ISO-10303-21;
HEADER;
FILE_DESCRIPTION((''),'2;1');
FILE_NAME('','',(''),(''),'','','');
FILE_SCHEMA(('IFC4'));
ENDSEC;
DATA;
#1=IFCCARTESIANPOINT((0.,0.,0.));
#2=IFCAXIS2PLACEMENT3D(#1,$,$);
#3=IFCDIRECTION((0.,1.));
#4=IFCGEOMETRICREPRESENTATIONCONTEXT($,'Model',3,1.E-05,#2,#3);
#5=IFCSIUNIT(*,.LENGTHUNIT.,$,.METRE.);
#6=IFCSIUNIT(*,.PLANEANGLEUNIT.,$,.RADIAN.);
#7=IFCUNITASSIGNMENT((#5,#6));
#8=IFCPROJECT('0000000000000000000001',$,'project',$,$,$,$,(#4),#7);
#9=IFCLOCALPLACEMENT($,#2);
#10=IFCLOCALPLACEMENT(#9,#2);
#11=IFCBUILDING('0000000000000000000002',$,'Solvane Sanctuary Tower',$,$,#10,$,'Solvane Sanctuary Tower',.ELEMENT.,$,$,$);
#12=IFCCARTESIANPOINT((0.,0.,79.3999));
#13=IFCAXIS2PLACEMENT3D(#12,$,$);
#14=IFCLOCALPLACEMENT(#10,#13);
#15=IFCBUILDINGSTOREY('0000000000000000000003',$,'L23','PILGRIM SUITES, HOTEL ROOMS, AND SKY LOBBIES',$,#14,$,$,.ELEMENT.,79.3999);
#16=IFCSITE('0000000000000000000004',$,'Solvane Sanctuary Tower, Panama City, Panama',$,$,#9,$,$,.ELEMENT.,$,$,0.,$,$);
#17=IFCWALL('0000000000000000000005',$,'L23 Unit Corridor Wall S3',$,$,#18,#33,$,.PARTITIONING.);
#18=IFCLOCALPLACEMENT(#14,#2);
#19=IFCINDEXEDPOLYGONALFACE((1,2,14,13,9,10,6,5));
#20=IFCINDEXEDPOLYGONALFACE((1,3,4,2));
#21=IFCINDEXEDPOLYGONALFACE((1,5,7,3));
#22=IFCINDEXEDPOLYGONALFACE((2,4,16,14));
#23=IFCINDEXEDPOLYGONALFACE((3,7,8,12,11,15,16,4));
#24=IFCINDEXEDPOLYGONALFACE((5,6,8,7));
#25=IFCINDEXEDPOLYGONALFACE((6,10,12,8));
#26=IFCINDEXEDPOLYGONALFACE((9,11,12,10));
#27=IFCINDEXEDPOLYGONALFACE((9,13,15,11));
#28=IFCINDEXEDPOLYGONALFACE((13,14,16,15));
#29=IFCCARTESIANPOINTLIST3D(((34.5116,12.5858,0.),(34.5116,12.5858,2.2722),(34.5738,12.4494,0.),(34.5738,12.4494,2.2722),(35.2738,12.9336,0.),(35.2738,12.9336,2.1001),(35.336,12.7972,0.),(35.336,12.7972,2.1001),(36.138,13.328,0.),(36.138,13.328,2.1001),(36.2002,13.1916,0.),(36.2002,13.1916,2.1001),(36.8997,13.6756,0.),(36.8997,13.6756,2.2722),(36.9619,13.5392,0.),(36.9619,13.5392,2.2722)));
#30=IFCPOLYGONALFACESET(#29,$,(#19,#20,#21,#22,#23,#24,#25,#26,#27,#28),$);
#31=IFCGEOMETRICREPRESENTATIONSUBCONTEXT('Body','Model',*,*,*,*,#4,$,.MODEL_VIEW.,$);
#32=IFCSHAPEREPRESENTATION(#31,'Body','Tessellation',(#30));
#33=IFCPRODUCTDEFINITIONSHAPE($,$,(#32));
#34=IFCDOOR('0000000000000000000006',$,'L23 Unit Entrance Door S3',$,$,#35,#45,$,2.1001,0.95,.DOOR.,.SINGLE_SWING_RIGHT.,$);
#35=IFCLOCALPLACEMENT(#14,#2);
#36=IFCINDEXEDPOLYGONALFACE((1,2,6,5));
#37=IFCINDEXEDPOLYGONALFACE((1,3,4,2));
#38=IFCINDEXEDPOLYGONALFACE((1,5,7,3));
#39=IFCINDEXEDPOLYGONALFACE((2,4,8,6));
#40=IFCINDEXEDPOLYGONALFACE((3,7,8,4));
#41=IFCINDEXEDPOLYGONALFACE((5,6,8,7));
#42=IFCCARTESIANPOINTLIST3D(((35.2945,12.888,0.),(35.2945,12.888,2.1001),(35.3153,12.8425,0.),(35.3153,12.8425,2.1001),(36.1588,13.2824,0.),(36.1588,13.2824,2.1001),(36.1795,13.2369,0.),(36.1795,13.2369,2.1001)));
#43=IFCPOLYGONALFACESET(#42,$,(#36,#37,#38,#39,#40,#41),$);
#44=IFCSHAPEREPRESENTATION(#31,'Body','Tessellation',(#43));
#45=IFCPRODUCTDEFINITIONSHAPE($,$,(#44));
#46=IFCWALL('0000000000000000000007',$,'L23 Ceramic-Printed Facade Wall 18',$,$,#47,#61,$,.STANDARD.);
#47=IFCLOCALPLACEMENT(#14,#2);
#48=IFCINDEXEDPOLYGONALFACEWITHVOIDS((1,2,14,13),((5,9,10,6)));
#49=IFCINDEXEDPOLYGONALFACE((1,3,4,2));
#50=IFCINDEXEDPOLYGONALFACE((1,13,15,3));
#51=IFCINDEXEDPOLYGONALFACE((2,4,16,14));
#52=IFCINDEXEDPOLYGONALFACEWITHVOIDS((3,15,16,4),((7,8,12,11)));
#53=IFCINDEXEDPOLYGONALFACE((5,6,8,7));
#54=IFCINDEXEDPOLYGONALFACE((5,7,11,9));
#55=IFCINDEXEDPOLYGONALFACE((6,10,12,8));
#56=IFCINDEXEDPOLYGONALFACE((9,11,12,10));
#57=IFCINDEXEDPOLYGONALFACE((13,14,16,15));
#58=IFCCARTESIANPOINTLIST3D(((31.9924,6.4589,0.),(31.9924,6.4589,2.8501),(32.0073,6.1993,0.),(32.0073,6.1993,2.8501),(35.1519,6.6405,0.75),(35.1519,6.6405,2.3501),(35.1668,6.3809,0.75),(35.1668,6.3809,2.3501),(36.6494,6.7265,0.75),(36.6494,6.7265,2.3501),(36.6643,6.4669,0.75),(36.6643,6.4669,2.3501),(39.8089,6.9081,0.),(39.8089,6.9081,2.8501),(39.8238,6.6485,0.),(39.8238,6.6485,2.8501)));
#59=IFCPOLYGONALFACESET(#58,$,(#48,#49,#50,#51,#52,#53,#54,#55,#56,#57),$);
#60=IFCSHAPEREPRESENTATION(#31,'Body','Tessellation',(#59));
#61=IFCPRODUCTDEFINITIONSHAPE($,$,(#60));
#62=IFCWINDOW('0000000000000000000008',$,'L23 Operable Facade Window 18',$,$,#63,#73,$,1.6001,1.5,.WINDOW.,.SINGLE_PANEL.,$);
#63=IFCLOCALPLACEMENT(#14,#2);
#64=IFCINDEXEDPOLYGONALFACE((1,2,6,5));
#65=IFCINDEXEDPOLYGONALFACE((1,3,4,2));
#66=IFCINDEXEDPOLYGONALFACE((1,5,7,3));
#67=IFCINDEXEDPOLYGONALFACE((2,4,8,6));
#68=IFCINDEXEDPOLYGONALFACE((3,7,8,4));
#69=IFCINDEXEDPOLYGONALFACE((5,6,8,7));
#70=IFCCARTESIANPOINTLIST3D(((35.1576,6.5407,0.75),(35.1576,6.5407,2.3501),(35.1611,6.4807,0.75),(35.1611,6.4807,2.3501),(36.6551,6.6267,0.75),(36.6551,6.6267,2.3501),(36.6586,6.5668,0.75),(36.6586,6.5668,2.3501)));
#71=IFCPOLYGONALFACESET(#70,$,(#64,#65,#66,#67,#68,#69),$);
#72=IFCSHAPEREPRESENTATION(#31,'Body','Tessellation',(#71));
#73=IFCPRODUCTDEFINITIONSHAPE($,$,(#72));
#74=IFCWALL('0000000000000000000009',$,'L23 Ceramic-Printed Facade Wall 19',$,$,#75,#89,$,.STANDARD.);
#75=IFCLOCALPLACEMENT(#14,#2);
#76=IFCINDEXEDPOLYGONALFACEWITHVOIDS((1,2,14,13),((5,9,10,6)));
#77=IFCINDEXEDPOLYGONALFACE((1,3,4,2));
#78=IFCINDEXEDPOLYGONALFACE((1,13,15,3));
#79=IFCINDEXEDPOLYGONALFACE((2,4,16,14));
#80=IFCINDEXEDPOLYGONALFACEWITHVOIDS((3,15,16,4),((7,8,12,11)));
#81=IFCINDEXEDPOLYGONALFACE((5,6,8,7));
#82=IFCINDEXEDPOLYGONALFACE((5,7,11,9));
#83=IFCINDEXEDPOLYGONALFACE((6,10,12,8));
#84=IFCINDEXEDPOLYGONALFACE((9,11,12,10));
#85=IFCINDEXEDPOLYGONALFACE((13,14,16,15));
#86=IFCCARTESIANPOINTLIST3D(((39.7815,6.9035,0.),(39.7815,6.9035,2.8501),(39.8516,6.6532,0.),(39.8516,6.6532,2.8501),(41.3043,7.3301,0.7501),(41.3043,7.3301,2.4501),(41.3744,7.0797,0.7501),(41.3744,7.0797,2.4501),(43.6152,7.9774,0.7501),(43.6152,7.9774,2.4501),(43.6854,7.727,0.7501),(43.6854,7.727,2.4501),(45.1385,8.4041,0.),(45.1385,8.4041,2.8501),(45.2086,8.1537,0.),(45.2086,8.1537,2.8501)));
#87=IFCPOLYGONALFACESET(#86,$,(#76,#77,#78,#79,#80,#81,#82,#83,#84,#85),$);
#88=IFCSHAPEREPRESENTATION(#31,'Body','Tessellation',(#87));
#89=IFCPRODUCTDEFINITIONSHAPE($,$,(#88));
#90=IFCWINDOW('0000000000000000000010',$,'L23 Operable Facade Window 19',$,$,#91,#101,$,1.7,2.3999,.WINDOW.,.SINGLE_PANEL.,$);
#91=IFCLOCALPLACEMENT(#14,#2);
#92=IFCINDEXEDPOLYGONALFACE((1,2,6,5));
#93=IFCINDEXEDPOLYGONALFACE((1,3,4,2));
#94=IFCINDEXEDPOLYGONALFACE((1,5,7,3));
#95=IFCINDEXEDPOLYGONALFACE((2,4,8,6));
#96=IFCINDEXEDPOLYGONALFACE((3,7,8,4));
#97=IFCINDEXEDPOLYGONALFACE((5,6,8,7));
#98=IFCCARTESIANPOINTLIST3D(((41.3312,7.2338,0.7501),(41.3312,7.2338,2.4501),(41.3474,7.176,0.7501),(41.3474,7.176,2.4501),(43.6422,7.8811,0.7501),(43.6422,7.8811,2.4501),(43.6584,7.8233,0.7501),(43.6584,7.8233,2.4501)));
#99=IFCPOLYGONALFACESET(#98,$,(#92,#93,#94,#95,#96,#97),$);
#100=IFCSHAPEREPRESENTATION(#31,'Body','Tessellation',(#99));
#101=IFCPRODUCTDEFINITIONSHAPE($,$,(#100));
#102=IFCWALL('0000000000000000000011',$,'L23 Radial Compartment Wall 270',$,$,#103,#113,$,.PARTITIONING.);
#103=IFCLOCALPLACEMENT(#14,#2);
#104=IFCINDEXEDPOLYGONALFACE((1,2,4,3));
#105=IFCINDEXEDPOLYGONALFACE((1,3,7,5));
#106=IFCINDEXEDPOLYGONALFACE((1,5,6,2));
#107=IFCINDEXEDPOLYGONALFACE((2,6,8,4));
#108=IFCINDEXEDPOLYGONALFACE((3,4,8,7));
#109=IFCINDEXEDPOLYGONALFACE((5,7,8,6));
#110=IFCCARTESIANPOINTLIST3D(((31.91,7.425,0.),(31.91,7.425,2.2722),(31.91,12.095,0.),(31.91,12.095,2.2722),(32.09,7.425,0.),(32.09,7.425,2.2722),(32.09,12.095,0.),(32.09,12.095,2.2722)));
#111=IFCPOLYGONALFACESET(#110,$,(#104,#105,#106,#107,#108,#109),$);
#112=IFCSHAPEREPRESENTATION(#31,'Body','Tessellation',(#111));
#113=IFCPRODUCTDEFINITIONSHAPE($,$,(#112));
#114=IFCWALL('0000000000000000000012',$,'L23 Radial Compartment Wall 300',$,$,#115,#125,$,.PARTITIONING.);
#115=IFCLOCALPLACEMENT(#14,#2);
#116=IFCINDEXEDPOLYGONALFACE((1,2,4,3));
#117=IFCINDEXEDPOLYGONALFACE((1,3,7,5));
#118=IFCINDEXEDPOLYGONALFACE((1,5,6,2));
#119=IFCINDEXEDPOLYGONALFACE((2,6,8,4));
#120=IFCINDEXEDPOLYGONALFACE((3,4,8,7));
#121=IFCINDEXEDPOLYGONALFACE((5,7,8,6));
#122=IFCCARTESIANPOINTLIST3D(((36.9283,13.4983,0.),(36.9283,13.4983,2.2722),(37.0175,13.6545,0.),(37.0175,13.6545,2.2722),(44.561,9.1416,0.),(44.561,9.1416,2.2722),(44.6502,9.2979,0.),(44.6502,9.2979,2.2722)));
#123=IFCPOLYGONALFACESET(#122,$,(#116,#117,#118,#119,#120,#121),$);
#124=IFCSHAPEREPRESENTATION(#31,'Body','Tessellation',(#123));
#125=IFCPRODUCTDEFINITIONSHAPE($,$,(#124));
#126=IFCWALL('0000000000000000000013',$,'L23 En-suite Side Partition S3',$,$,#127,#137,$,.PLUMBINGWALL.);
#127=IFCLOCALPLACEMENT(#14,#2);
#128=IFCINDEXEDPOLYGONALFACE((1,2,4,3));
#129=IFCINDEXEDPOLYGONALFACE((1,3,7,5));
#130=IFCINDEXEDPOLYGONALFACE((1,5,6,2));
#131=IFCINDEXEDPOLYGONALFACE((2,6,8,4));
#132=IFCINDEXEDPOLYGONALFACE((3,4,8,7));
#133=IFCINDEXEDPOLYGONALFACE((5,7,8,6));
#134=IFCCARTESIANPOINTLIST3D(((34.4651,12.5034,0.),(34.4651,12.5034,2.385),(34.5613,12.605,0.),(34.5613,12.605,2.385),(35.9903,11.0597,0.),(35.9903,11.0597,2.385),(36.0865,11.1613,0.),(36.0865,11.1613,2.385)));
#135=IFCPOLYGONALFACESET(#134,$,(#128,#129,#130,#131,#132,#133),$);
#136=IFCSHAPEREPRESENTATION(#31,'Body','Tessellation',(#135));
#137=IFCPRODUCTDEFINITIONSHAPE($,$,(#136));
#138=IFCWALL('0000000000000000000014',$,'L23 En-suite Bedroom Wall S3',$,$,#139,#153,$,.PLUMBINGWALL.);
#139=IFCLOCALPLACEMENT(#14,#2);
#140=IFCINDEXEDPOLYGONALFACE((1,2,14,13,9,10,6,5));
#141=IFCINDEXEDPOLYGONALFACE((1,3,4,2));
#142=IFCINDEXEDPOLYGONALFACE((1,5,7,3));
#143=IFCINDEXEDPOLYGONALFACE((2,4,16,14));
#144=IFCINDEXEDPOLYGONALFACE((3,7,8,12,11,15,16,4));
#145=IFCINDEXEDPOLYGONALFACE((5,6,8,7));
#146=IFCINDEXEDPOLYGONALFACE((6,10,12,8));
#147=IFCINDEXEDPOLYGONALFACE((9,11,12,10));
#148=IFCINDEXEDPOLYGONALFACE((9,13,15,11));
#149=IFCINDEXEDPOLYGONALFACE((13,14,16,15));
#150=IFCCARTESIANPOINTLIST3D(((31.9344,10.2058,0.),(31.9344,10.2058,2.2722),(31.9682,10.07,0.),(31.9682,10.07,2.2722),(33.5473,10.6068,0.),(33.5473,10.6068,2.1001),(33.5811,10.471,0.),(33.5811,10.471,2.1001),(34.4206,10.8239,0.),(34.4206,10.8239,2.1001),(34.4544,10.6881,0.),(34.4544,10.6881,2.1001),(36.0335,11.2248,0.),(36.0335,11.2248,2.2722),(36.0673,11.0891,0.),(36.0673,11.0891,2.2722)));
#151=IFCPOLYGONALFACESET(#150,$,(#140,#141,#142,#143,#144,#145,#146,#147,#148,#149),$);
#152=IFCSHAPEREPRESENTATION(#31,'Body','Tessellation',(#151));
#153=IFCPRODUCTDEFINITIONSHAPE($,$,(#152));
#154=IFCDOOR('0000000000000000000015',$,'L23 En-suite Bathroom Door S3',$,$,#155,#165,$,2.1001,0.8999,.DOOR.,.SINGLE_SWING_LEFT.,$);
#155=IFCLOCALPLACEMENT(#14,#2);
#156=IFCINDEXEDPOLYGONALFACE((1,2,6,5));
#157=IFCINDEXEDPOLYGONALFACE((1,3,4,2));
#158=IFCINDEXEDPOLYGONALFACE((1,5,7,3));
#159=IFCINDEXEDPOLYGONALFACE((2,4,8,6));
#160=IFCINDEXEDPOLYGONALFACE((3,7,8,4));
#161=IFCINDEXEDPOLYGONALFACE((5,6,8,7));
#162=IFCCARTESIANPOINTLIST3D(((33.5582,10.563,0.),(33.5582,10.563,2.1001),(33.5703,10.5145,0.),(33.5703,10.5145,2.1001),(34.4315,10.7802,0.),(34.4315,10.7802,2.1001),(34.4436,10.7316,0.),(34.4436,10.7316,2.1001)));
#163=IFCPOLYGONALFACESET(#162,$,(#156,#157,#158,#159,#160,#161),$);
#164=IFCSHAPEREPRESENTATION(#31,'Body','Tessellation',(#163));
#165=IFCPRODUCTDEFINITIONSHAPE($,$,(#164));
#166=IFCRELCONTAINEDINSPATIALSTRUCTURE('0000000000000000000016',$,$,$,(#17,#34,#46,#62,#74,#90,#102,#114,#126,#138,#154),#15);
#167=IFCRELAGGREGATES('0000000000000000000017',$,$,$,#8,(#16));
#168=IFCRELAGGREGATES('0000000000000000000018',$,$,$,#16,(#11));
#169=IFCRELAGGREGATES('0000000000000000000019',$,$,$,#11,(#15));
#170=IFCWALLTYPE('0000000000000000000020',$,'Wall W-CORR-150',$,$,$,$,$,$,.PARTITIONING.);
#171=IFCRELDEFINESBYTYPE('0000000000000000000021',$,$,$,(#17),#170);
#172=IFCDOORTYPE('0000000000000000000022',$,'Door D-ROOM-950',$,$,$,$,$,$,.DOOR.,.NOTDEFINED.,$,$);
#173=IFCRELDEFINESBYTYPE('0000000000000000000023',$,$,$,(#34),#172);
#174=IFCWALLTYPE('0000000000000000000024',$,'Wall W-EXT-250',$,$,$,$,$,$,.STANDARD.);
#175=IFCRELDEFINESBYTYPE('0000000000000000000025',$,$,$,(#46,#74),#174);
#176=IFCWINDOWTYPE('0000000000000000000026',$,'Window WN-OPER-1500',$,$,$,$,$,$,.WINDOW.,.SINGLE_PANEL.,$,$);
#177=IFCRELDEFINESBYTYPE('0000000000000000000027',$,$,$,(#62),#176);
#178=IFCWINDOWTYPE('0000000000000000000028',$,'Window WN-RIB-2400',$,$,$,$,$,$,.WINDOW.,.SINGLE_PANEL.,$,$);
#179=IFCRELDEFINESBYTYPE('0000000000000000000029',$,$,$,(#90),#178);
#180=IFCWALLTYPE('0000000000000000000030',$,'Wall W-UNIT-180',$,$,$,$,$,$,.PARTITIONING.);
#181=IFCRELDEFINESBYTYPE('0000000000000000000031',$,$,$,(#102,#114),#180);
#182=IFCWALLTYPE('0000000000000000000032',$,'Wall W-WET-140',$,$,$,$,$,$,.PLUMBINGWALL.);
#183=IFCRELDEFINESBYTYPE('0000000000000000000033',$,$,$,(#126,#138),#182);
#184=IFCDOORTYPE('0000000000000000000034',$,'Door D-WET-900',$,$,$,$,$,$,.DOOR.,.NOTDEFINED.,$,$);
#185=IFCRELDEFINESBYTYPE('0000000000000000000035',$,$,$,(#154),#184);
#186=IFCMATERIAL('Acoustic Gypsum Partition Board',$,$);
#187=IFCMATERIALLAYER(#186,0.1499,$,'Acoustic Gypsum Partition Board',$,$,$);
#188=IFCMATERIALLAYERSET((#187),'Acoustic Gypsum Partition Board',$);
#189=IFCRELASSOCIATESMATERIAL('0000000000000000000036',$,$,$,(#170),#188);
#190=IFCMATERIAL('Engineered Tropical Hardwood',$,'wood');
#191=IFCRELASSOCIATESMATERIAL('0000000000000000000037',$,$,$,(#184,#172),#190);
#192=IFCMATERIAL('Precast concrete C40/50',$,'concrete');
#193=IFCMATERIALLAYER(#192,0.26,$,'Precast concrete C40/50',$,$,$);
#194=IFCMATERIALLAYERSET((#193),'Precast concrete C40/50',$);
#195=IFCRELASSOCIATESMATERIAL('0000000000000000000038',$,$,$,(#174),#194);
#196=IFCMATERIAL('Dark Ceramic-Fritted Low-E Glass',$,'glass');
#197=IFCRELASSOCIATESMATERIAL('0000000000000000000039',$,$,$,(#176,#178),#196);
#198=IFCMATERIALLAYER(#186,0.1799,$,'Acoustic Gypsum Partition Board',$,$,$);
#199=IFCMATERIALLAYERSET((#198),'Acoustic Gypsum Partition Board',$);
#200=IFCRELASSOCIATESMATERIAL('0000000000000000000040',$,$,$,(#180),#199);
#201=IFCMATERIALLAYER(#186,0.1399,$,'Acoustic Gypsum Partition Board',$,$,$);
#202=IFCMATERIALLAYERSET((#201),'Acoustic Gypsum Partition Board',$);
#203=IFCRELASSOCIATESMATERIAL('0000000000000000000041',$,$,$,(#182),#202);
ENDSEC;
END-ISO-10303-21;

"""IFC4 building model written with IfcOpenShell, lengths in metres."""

from ifc_helpers import new_model, si_unit, direction, frame, frame_2d, origin, place, context, subcontext, project, spatial, rectangle, extrude, material, layer, layer_set, type_object, element, fill, save


model = new_model("IFC4")

# Units and contexts
model_context = context("Model", 3, precision=1e-05, world=origin(), true_north=direction((0.0, 1.0)))
body_context = subcontext(model_context, "Body", "Model", "MODEL_VIEW")
ifc_project = project(units=[si_unit("LENGTHUNIT", "METRE"), si_unit("PLANEANGLEUNIT", "RADIAN")], contexts=[model_context])

# Site, building, storey
site_placement = place(None, origin())
site = spatial("IfcSite", under=ifc_project, at=site_placement, Name="Solvane Sanctuary Tower, Panama City, Panama", CompositionType="ELEMENT", RefElevation=0.0)
building_placement = place(site_placement, origin())
building = spatial("IfcBuilding", under=site, at=building_placement, Name="Solvane Sanctuary Tower", LongName="Solvane Sanctuary Tower", CompositionType="ELEMENT")
storey_placement = place(building_placement, frame((0.0, 0.0, 79.3999)))
storey = spatial("IfcBuildingStorey", under=building, at=storey_placement, Name="L23", Description="PILGRIM SUITES, HOTEL ROOMS, AND SKY LOBBIES", CompositionType="ELEMENT", Elevation=79.3999)

# Shared definitions
ifc_material_1 = material(Name="Acoustic Gypsum Partition Board")
ifc_layer_1 = layer(ifc_material_1, 0.1499, Name="Acoustic Gypsum Partition Board")
ifc_layer_set_1 = layer_set([ifc_layer_1], Name="Acoustic Gypsum Partition Board")
wall_type_1 = type_object("IfcWallType", Name="Wall W-CORR-150", PredefinedType="PARTITIONING", material=ifc_layer_set_1)

# Shared definitions
ifc_material_2 = material(Name="Engineered Tropical Hardwood", Category="wood")
door_type_1 = type_object("IfcDoorType", Name="Door D-WET-900", OperationType="NOTDEFINED", PredefinedType="DOOR", material=ifc_material_2)

# Wall, opening, door
wall_1_placement = place(storey_placement, frame((34.5427, 12.5176, 0.0), z_axis=(0.0, 0.0, 1.0), x_axis=(0.909748, 0.415162, 0.0)))
wall_1 = element("IfcWall", 1, at=wall_1_placement, inside=storey, type_object=wall_type_1, Name="L23 Unit Corridor Wall S3", PredefinedType="PARTITIONING", context=body_context, shape_type="SweptSolid", body=[
    extrude(rectangle(XDim=2.625, YDim=0.1499, at=frame_2d((1.3125, 0.0))), origin(), (0.0, 0.0, 1.0), 2.2722),
])
opening_1_placement = place(wall_1_placement, frame((0.8376, 0.0, 0.0)))
opening_1 = element("IfcOpeningElement", 2, at=opening_1_placement, cuts=wall_1, PredefinedType="OPENING", context=body_context, shape_type="SweptSolid", body=[
    extrude(rectangle(XDim=0.95, YDim=2.1001, at=frame_2d((0.4751, 1.05))), frame((0.0, 0.085, 0.0), z_axis=(0.0, -1.0, 0.0), x_axis=(1.0, 0.0, 0.0)), (0.0, 0.0, 1.0), 0.1699),
])
door_type_2 = type_object("IfcDoorType", Name="Door D-ROOM-950", OperationType="NOTDEFINED", PredefinedType="DOOR", material=ifc_material_2)
door_1_placement = place(opening_1_placement, origin())
door_1 = element("IfcDoor", 3, at=door_1_placement, inside=storey, type_object=door_type_2, Name="L23 Unit Entrance Door S3", OperationType="SINGLE_SWING_RIGHT", OverallHeight=2.1001, OverallWidth=0.95, PredefinedType="DOOR", context=body_context, shape_type="SweptSolid", body=[
    extrude(rectangle(XDim=0.95, YDim=2.1001, at=frame_2d((0.4751, 1.05))), frame((0.0, 0.0249, 0.0), z_axis=(0.0, -1.0, 0.0), x_axis=(1.0, 0.0, 0.0)), (0.0, 0.0, 1.0), 0.05),
])
fill(opening_1, door_1)

# Walls, openings, windows
ifc_material_3 = material(Name="Precast concrete C40/50", Category="concrete")
ifc_layer_2 = layer(ifc_material_3, 0.26, Name="Precast concrete C40/50")
ifc_layer_set_2 = layer_set([ifc_layer_2], Name="Precast concrete C40/50")
wall_type_2 = type_object("IfcWallType", Name="Wall W-EXT-250", PredefinedType="STANDARD", material=ifc_layer_set_2)
wall_2_placement = place(storey_placement, frame((32.0, 6.3291, 0.0), z_axis=(0.0, 0.0, 1.0), x_axis=(0.998353, 0.057377, 0.0)))
wall_2 = element("IfcWall", 4, at=wall_2_placement, inside=storey, type_object=wall_type_2, Name="L23 Ceramic-Printed Facade Wall 18", PredefinedType="STANDARD", context=body_context, shape_type="SweptSolid", body=[
    extrude(rectangle(XDim=7.8293, YDim=0.26, at=frame_2d((3.9146, 0.0))), origin(), (0.0, 0.0, 1.0), 2.8501),
])
opening_2_placement = place(wall_2_placement, frame((3.1646, 0.0, 0.75)))
opening_2 = element("IfcOpeningElement", 5, at=opening_2_placement, cuts=wall_2, PredefinedType="OPENING", context=body_context, shape_type="SweptSolid", body=[
    extrude(rectangle(XDim=1.5, YDim=1.6001, at=frame_2d((0.75, 0.8))), frame((0.0, 0.1399, 0.0), z_axis=(0.0, -1.0, 0.0), x_axis=(1.0, 0.0, 0.0)), (0.0, 0.0, 1.0), 0.28),
])
ifc_material_4 = material(Name="Dark Ceramic-Fritted Low-E Glass", Category="glass")
window_type_1 = type_object("IfcWindowType", Name="Window WN-OPER-1500", PartitioningType="SINGLE_PANEL", PredefinedType="WINDOW", material=ifc_material_4)
window_1_placement = place(opening_2_placement, origin())
window_1 = element("IfcWindow", 6, at=window_1_placement, inside=storey, type_object=window_type_1, Name="L23 Operable Facade Window 18", OverallHeight=1.6001, OverallWidth=1.5, PartitioningType="SINGLE_PANEL", PredefinedType="WINDOW", context=body_context, shape_type="SweptSolid", body=[
    extrude(rectangle(XDim=1.5, YDim=1.6001, at=frame_2d((0.75, 0.8))), frame((0.0, 0.03, 0.0), z_axis=(0.0, -1.0, 0.0), x_axis=(1.0, 0.0, 0.0)), (0.0, 0.0, 1.0), 0.0601),
])
fill(opening_2, window_1)
wall_3_placement = place(storey_placement, frame((39.8164, 6.7783, 0.0), z_axis=(0.0, 0.0, 1.0), x_axis=(0.962938, 0.269721, 0.0)))
wall_3 = element("IfcWall", 7, at=wall_3_placement, inside=storey, type_object=wall_type_2, Name="L23 Ceramic-Printed Facade Wall 19", PredefinedType="STANDARD", context=body_context, shape_type="SweptSolid", body=[
    extrude(rectangle(XDim=5.5632, YDim=0.26, at=frame_2d((2.7817, 0.0))), origin(), (0.0, 0.0, 1.0), 2.8501),
])
opening_3_placement = place(wall_3_placement, frame((1.5815, 0.0, 0.75)))
opening_3 = element("IfcOpeningElement", 8, at=opening_3_placement, cuts=wall_3, PredefinedType="OPENING", context=body_context, shape_type="SweptSolid", body=[
    extrude(rectangle(XDim=2.3999, YDim=1.7, at=frame_2d((1.2, 0.8501))), frame((0.0, 0.1399, 0.0), z_axis=(0.0, -1.0, 0.0), x_axis=(1.0, 0.0, 0.0)), (0.0, 0.0, 1.0), 0.28),
])
window_type_2 = type_object("IfcWindowType", Name="Window WN-RIB-2400", PartitioningType="SINGLE_PANEL", PredefinedType="WINDOW", material=ifc_material_4)
window_2_placement = place(opening_3_placement, origin())
window_2 = element("IfcWindow", 9, at=window_2_placement, inside=storey, type_object=window_type_2, Name="L23 Operable Facade Window 19", OverallHeight=1.7, OverallWidth=2.3999, PartitioningType="SINGLE_PANEL", PredefinedType="WINDOW", context=body_context, shape_type="SweptSolid", body=[
    extrude(rectangle(XDim=2.3999, YDim=1.7, at=frame_2d((1.2, 0.8501))), frame((0.0, 0.03, 0.0), z_axis=(0.0, -1.0, 0.0), x_axis=(1.0, 0.0, 0.0)), (0.0, 0.0, 1.0), 0.0601),
])
fill(opening_3, window_2)

# Walls
ifc_layer_3 = layer(ifc_material_1, 0.1799, Name="Acoustic Gypsum Partition Board")
ifc_layer_set_3 = layer_set([ifc_layer_3], Name="Acoustic Gypsum Partition Board")
wall_type_3 = type_object("IfcWallType", Name="Wall W-UNIT-180", PredefinedType="PARTITIONING", material=ifc_layer_set_3)
wall_4_placement = place(storey_placement, frame((32.0, 12.095, 0.0), z_axis=(0.0, 0.0, 1.0), x_axis=(0.0, -1.0, 0.0)))
element("IfcWall", 10, at=wall_4_placement, inside=storey, type_object=wall_type_3, Name="L23 Radial Compartment Wall 270", PredefinedType="PARTITIONING", context=body_context, shape_type="SweptSolid", body=[
    extrude(rectangle(XDim=4.6699, YDim=0.1799, at=frame_2d((2.335, 0.0))), origin(), (0.0, 0.0, 1.0), 2.2722),
])
wall_5_placement = place(storey_placement, frame((36.9729, 13.5764, 0.0), z_axis=(0.0, 0.0, 1.0), x_axis=(0.868484, -0.495717, 0.0)))
element("IfcWall", 11, at=wall_5_placement, inside=storey, type_object=wall_type_3, Name="L23 Radial Compartment Wall 300", PredefinedType="PARTITIONING", context=body_context, shape_type="SweptSolid", body=[
    extrude(rectangle(XDim=8.7886, YDim=0.1799, at=frame_2d((4.3943, 0.0))), origin(), (0.0, 0.0, 1.0), 2.2722),
])
ifc_layer_4 = layer(ifc_material_1, 0.1399, Name="Acoustic Gypsum Partition Board")
ifc_layer_set_4 = layer_set([ifc_layer_4], Name="Acoustic Gypsum Partition Board")
wall_type_4 = type_object("IfcWallType", Name="Wall W-WET-140", PredefinedType="PLUMBINGWALL", material=ifc_layer_set_4)
wall_6_placement = place(storey_placement, frame((34.5132, 12.5542, 0.0), z_axis=(0.0, 0.0, 1.0), x_axis=(0.726255, -0.687425, 0.0)))
element("IfcWall", 12, at=wall_6_placement, inside=storey, type_object=wall_type_4, Name="L23 En-suite Side Partition S3", PredefinedType="PLUMBINGWALL", context=body_context, shape_type="SweptSolid", body=[
    extrude(rectangle(XDim=2.1001, YDim=0.1399, at=frame_2d((1.05, 0.0))), origin(), (0.0, 0.0, 1.0), 2.385),
])

# Wall, opening, door
wall_7_placement = place(storey_placement, frame((31.9514, 10.1379, 0.0), z_axis=(0.0, 0.0, 1.0), x_axis=(0.970461, 0.241257, 0.0)))
wall_7 = element("IfcWall", 13, at=wall_7_placement, inside=storey, type_object=wall_type_4, Name="L23 En-suite Bedroom Wall S3", PredefinedType="PLUMBINGWALL", context=body_context, shape_type="SweptSolid", body=[
    extrude(rectangle(XDim=4.2239, YDim=0.1399, at=frame_2d((2.1118, 0.0))), origin(), (0.0, 0.0, 1.0), 2.2722),
])
opening_4_placement = place(wall_7_placement, frame((1.6619, 0.0, 0.0)))
opening_4 = element("IfcOpeningElement", 14, at=opening_4_placement, cuts=wall_7, PredefinedType="OPENING", context=body_context, shape_type="SweptSolid", body=[
    extrude(rectangle(XDim=0.8999, YDim=2.1001, at=frame_2d((0.45, 1.05))), frame((0.0, 0.0798, 0.0), z_axis=(0.0, -1.0, 0.0), x_axis=(1.0, 0.0, 0.0)), (0.0, 0.0, 1.0), 0.1599),
])
door_2_placement = place(opening_4_placement, origin())
door_2 = element("IfcDoor", 15, at=door_2_placement, inside=storey, type_object=door_type_1, Name="L23 En-suite Bathroom Door S3", OperationType="SINGLE_SWING_LEFT", OverallHeight=2.1001, OverallWidth=0.8999, PredefinedType="DOOR", context=body_context, shape_type="SweptSolid", body=[
    extrude(rectangle(XDim=0.8999, YDim=2.1001, at=frame_2d((0.45, 1.05))), frame((0.0, 0.0249, 0.0), z_axis=(0.0, -1.0, 0.0), x_axis=(1.0, 0.0, 0.0)), (0.0, 0.0, 1.0), 0.05),
])
fill(opening_4, door_2)

save(model, "model.ifc")
